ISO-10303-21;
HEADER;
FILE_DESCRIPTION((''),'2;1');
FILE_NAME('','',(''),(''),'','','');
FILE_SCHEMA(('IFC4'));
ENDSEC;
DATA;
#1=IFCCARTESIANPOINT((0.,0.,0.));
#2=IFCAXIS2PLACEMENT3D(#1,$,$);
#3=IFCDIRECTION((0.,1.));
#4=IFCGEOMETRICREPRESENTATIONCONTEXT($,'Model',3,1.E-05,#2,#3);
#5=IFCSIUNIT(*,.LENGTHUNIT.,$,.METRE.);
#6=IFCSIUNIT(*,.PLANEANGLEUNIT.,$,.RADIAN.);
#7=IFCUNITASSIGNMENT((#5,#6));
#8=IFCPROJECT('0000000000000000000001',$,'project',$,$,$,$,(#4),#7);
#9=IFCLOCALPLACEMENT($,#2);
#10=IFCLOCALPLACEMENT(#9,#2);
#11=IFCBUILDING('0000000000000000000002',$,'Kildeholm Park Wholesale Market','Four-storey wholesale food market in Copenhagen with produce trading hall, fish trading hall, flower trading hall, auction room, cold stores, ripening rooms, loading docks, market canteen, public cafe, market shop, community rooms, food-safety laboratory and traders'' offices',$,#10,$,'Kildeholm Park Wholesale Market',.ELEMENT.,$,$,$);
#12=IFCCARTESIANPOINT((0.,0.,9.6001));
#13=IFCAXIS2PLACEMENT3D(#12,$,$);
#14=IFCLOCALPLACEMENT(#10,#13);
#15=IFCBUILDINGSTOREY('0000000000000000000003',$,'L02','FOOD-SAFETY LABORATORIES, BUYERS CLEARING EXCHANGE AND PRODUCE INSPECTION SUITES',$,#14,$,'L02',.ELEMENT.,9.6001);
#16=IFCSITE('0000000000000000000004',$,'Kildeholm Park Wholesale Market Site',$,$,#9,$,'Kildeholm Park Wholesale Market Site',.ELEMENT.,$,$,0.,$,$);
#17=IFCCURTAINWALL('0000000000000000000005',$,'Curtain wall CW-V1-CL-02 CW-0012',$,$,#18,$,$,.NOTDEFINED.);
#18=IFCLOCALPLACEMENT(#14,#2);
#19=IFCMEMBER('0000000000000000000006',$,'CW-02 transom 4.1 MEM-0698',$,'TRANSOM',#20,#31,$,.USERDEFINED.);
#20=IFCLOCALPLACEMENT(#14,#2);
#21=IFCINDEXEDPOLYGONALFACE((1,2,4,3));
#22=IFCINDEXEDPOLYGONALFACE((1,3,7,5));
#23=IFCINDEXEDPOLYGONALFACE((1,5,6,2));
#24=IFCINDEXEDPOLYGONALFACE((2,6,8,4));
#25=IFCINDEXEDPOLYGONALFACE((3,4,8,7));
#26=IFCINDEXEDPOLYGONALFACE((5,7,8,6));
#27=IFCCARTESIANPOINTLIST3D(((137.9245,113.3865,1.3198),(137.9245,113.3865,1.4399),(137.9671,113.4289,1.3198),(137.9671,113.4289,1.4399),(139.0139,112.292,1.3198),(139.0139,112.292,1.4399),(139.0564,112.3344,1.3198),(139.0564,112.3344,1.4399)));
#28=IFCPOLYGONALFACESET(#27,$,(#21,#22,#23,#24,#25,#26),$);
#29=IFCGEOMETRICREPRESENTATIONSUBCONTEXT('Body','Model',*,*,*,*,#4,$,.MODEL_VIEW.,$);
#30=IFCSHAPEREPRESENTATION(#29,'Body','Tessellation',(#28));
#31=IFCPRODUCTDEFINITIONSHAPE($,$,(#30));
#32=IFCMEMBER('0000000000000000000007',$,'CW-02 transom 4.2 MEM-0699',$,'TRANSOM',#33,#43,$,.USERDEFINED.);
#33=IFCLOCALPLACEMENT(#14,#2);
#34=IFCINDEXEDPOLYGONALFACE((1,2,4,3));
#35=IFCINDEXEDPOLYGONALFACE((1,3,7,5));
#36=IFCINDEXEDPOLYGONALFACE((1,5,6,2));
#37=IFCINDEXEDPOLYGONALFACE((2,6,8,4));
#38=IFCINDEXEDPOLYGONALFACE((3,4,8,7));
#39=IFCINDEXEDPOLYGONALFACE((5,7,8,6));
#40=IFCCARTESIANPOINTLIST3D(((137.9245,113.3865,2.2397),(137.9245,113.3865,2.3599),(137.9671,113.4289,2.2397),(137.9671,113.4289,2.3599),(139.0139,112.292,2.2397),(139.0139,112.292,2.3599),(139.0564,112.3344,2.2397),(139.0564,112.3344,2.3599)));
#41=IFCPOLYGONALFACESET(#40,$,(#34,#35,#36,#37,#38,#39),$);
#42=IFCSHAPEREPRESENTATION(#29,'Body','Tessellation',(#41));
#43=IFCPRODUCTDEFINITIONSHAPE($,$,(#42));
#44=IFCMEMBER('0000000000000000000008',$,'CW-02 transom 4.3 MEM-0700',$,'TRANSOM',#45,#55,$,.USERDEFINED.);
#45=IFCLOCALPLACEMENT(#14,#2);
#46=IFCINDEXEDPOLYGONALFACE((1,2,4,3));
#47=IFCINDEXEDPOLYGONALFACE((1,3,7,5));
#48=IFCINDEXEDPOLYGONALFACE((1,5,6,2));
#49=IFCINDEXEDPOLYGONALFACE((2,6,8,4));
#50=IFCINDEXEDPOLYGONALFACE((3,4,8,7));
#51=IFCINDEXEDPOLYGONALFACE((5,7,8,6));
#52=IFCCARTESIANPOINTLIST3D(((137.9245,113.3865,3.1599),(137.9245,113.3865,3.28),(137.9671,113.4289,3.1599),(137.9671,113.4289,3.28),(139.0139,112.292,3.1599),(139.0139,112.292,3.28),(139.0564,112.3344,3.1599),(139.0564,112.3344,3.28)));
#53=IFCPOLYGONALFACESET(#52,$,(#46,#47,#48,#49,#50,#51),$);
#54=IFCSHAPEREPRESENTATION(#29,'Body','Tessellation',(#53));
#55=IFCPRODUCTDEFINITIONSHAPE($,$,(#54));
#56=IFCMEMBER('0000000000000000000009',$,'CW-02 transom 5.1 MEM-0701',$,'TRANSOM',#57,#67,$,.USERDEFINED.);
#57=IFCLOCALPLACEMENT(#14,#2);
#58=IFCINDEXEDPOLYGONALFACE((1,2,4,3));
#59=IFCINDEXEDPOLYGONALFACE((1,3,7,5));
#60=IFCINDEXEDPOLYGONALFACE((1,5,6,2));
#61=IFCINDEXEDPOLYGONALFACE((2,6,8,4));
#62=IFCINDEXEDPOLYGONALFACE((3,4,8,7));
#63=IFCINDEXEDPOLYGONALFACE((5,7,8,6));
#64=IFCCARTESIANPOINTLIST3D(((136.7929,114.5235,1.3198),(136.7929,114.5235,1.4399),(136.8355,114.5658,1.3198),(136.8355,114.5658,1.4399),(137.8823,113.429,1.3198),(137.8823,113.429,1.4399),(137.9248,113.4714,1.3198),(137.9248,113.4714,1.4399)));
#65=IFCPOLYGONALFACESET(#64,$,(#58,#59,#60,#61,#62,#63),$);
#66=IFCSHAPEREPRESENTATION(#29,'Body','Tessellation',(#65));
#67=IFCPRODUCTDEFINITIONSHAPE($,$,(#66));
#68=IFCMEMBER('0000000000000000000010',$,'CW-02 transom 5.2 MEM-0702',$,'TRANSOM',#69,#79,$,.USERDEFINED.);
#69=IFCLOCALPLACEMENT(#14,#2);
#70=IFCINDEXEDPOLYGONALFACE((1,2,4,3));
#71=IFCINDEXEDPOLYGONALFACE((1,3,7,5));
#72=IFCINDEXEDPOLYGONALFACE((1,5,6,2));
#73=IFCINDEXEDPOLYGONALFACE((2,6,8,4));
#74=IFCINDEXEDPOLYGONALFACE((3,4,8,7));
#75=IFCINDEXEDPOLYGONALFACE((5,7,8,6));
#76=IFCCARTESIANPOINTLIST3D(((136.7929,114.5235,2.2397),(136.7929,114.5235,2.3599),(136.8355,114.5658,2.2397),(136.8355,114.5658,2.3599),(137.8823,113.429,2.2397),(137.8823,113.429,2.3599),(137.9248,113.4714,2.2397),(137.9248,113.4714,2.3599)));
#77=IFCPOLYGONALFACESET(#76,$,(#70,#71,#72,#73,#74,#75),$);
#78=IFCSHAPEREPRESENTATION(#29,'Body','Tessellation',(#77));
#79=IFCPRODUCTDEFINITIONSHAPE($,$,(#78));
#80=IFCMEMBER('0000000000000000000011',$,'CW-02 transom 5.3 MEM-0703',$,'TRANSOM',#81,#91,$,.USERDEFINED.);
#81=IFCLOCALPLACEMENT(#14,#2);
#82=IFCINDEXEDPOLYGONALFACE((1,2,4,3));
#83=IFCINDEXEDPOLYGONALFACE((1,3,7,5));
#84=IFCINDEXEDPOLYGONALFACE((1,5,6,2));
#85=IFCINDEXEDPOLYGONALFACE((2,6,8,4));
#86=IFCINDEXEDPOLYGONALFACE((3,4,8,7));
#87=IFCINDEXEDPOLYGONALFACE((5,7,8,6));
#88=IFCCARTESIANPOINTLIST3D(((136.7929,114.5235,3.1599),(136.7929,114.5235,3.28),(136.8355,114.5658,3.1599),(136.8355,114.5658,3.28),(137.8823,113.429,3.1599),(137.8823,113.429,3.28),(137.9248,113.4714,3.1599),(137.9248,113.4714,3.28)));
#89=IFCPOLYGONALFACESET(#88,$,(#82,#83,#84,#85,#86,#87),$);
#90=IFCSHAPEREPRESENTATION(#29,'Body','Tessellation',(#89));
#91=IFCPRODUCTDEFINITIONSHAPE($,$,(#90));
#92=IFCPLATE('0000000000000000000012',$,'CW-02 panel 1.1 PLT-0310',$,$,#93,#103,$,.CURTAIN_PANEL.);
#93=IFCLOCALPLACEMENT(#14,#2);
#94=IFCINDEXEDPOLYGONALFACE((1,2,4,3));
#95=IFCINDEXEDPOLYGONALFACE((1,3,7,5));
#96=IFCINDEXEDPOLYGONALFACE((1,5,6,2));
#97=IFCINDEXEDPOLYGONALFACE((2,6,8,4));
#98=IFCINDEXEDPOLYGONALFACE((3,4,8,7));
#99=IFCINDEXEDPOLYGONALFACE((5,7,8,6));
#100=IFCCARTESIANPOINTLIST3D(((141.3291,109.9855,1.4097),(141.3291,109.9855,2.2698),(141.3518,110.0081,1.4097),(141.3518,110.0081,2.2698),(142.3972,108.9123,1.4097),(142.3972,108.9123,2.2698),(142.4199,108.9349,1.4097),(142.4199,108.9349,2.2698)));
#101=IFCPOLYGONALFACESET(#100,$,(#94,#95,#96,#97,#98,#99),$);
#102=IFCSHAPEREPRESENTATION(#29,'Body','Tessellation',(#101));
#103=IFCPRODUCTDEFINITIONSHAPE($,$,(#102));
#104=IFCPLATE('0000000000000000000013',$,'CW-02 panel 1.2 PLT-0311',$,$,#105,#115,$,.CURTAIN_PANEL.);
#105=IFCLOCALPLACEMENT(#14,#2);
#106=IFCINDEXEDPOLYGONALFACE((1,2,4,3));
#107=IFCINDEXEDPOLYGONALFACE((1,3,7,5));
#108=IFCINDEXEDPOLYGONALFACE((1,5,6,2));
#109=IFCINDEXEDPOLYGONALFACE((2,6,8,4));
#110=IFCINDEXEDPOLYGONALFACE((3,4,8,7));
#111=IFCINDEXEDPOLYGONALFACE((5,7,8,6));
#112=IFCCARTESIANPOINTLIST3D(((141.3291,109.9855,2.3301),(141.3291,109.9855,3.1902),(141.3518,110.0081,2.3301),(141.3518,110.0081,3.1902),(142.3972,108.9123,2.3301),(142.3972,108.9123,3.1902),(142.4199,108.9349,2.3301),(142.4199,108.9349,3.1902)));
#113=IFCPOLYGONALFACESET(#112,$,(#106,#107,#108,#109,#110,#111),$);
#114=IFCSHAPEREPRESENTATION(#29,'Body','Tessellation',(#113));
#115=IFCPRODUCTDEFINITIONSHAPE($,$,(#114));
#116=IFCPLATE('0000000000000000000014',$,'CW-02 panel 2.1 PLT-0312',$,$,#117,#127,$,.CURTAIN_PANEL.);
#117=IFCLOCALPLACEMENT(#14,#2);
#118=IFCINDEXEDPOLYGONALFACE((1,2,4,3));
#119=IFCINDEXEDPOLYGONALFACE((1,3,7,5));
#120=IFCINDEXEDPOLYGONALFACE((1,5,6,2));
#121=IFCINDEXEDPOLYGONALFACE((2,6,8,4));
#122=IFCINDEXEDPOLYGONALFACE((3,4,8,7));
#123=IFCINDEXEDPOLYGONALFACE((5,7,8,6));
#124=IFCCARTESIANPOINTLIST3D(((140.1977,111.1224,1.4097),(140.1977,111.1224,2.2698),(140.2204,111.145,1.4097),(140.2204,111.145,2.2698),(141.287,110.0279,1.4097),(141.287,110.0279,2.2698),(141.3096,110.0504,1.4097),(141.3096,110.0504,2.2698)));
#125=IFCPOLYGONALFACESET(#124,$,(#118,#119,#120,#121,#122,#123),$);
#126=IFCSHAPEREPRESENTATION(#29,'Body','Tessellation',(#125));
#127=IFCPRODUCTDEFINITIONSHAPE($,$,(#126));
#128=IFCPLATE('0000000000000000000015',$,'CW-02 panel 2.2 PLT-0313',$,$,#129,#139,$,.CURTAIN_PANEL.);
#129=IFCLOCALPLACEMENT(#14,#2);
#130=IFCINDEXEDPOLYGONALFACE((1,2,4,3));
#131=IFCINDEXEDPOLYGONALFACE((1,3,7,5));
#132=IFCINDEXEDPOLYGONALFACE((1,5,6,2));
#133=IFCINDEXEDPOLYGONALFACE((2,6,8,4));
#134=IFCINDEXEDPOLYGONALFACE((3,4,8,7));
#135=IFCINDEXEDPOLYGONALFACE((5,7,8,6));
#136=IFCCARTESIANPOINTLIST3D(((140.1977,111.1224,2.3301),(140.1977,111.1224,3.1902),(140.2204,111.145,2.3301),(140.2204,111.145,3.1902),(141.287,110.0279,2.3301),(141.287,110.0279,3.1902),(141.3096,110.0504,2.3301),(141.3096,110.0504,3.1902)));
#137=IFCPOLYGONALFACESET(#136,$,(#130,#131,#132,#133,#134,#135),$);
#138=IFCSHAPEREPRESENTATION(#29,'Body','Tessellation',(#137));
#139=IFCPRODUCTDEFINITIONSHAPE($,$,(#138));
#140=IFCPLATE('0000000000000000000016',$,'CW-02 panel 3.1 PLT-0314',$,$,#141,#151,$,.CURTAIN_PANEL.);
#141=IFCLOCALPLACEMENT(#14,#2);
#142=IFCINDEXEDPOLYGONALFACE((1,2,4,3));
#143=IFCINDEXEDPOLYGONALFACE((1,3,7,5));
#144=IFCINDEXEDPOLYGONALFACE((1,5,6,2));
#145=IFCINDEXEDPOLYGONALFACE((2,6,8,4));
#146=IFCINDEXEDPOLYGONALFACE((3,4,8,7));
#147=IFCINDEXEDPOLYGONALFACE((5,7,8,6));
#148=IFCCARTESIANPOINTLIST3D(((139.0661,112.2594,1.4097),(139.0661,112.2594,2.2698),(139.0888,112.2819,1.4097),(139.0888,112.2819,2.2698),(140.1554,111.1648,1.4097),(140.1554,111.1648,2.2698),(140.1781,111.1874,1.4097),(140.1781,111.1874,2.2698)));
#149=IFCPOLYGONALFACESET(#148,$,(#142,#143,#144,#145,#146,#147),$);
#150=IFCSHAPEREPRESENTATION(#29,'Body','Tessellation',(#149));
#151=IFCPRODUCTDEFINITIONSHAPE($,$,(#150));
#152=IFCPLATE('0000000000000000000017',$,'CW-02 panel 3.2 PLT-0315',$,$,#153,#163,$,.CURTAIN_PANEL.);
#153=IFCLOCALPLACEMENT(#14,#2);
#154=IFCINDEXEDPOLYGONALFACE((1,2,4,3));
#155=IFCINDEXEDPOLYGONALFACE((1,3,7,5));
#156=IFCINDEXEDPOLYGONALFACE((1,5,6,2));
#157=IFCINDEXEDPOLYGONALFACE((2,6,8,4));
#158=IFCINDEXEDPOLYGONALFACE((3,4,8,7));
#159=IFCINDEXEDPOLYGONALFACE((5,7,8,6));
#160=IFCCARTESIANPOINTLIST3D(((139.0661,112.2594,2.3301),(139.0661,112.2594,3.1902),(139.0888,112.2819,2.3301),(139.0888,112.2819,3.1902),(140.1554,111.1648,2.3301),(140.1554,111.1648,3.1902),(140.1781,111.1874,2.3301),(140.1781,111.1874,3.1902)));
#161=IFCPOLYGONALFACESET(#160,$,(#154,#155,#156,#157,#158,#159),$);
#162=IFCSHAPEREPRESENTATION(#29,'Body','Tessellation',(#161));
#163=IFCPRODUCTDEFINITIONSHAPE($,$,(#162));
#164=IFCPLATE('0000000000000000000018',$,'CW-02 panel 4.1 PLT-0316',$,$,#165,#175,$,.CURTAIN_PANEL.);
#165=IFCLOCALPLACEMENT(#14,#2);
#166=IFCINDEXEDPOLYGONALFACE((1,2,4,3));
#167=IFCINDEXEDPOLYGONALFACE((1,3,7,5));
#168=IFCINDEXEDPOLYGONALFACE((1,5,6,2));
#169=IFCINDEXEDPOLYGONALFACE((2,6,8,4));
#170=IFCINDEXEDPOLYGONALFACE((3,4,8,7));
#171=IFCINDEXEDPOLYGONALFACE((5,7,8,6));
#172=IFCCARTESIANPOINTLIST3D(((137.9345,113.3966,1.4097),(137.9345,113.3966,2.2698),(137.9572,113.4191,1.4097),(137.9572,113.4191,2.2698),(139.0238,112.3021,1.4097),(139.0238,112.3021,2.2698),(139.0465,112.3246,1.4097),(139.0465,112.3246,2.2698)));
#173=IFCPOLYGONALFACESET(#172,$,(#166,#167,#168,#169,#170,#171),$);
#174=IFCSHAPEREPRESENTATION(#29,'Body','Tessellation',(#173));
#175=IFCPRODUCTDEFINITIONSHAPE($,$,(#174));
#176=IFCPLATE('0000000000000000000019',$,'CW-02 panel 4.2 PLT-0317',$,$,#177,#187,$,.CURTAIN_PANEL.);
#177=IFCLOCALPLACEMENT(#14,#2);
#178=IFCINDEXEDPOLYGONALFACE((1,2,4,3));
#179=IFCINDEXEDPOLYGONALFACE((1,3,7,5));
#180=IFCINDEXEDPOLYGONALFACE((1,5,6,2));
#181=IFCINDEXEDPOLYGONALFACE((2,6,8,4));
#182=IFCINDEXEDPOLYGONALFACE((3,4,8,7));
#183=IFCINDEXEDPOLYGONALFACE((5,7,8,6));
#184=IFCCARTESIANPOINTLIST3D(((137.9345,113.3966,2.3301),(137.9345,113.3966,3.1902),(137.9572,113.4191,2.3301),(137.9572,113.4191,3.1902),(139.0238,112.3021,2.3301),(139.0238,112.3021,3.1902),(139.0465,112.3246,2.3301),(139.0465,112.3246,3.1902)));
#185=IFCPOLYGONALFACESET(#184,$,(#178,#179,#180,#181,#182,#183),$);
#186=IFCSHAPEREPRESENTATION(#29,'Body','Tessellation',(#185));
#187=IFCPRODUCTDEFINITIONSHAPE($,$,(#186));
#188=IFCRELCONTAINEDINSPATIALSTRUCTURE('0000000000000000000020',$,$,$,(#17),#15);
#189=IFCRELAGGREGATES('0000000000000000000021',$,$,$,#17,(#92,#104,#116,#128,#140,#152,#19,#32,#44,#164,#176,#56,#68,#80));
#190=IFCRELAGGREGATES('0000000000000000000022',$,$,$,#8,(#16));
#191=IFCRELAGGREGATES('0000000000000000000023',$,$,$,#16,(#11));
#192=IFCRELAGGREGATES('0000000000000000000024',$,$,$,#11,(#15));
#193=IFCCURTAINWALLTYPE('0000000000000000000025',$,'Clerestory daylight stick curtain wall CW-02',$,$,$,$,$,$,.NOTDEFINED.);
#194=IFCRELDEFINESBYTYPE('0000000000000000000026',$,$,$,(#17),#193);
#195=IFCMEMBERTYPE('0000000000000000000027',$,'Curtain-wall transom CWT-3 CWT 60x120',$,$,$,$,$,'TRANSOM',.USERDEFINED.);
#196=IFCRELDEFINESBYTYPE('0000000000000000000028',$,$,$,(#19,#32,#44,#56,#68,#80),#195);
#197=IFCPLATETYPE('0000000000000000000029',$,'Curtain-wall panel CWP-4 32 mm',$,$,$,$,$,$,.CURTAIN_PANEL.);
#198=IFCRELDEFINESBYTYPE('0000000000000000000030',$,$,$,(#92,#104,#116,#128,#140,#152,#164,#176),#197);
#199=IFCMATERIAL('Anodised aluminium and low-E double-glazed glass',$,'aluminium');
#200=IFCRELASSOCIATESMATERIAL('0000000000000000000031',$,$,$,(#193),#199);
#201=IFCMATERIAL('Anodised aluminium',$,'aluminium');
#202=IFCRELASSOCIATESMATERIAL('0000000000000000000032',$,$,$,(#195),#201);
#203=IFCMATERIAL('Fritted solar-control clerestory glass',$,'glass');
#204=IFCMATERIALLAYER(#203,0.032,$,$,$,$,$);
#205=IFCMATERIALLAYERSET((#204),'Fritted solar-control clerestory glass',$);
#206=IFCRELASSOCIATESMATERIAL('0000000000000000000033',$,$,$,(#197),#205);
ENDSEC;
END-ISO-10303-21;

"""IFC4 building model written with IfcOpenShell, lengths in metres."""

from ifc_helpers import new_model, si_unit, direction, frame, origin, origin_2d, place, context, subcontext, project, spatial, rectangle, extrude, material, layer, layer_set, material_profile, profile_set, type_object, element, aggregate, save


model = new_model("IFC4")

# Units and contexts
model_context = context("Model", 3, precision=1e-05, world=origin(), true_north=direction((0.0, 1.0)))
body_context = subcontext(model_context, "Body", "Model", "MODEL_VIEW")
ifc_project = project(units=[si_unit("LENGTHUNIT", "METRE"), si_unit("PLANEANGLEUNIT", "RADIAN")], contexts=[model_context])

# Site, building, storey
site_placement = place(None, origin())
site = spatial("IfcSite", under=ifc_project, at=site_placement, Name="Kildeholm Park Wholesale Market Site", LongName="Kildeholm Park Wholesale Market Site", CompositionType="ELEMENT", RefElevation=0.0)
building_placement = place(site_placement, origin())
building = spatial("IfcBuilding", under=site, at=building_placement, Name="Kildeholm Park Wholesale Market", Description="Four-storey wholesale food market in Copenhagen with produce trading hall, fish trading hall, flower trading hall, auction room, cold stores, ripening rooms, loading docks, market canteen, public cafe, market shop, community rooms, food-safety laboratory and traders' offices", LongName="Kildeholm Park Wholesale Market", CompositionType="ELEMENT")
storey_placement = place(building_placement, frame((0.0, 0.0, 9.6001)))
storey = spatial("IfcBuildingStorey", under=building, at=storey_placement, Name="L02", Description="FOOD-SAFETY LABORATORIES, BUYERS CLEARING EXCHANGE AND PRODUCE INSPECTION SUITES", LongName="L02", CompositionType="ELEMENT", Elevation=9.6001)

# Curtain wall, members, plates
ifc_material_1 = material(Name="Anodised aluminium and low-E double-glazed glass", Category="aluminium")
curtain_wall_type = type_object("IfcCurtainWallType", Name="Clerestory daylight stick curtain wall CW-02", PredefinedType="NOTDEFINED", material=ifc_material_1)
curtain_wall_placement = place(storey_placement, origin())
curtain_wall = element("IfcCurtainWall", 1, at=curtain_wall_placement, inside=storey, type_object=curtain_wall_type, Name="Curtain wall CW-V1-CL-02 CW-0012", PredefinedType="NOTDEFINED")
ifc_material_2 = material(Name="Anodised aluminium", Category="aluminium")
ifc_material_profile_1 = material_profile(ifc_material_2, rectangle(XDim=0.0601, YDim=0.1201, at=origin_2d()), Name="CWT 60x120")
ifc_profile_set_1 = profile_set([ifc_material_profile_1], Name="Anodised aluminium")
member_type_1 = type_object("IfcMemberType", Name="Curtain-wall transom CWT-3 CWT 60x120", ElementType="TRANSOM", PredefinedType="USERDEFINED", material=ifc_profile_set_1)
member_1_placement = place(storey_placement, frame((139.0352, 112.3132, 1.3799), z_axis=(-0.705445, 0.708765, 0.0), x_axis=(-0.708765, -0.705445, 0.0)))
member_1 = element("IfcMember", 2, at=member_1_placement, type_object=member_type_1, Name="CW-02 transom 4.1 MEM-0698", ObjectType="TRANSOM", PredefinedType="USERDEFINED", context=body_context, shape_type="SweptSolid", body=[
    extrude(rectangle(XDim=0.0601, YDim=0.1201, at=origin_2d()), origin(), (0.0, 0.0, 1.0), 1.5442),
])
member_2_placement = place(storey_placement, frame((139.0352, 112.3132, 2.2998), z_axis=(-0.705445, 0.708765, 0.0), x_axis=(-0.708765, -0.705445, 0.0)))
member_2 = element("IfcMember", 3, at=member_2_placement, type_object=member_type_1, Name="CW-02 transom 4.2 MEM-0699", ObjectType="TRANSOM", PredefinedType="USERDEFINED", context=body_context, shape_type="SweptSolid", body=[
    extrude(rectangle(XDim=0.0601, YDim=0.1201, at=origin_2d()), origin(), (0.0, 0.0, 1.0), 1.5442),
])
member_3_placement = place(storey_placement, frame((139.0352, 112.3132, 3.22), z_axis=(-0.705445, 0.708765, 0.0), x_axis=(-0.708765, -0.705445, 0.0)))
member_3 = element("IfcMember", 4, at=member_3_placement, type_object=member_type_1, Name="CW-02 transom 4.3 MEM-0700", ObjectType="TRANSOM", PredefinedType="USERDEFINED", context=body_context, shape_type="SweptSolid", body=[
    extrude(rectangle(XDim=0.0601, YDim=0.1201, at=origin_2d()), origin(), (0.0, 0.0, 1.0), 1.5442),
])
member_4_placement = place(storey_placement, frame((137.9036, 113.4502, 1.3799), z_axis=(-0.705445, 0.708765, 0.0), x_axis=(-0.708765, -0.705445, 0.0)))
member_4 = element("IfcMember", 5, at=member_4_placement, type_object=member_type_1, Name="CW-02 transom 5.1 MEM-0701", ObjectType="TRANSOM", PredefinedType="USERDEFINED", context=body_context, shape_type="SweptSolid", body=[
    extrude(rectangle(XDim=0.0601, YDim=0.1201, at=origin_2d()), origin(), (0.0, 0.0, 1.0), 1.5442),
])
member_5_placement = place(storey_placement, frame((137.9036, 113.4502, 2.2998), z_axis=(-0.705445, 0.708765, 0.0), x_axis=(-0.708765, -0.705445, 0.0)))
member_5 = element("IfcMember", 6, at=member_5_placement, type_object=member_type_1, Name="CW-02 transom 5.2 MEM-0702", ObjectType="TRANSOM", PredefinedType="USERDEFINED", context=body_context, shape_type="SweptSolid", body=[
    extrude(rectangle(XDim=0.0601, YDim=0.1201, at=origin_2d()), origin(), (0.0, 0.0, 1.0), 1.5442),
])
member_6_placement = place(storey_placement, frame((137.9036, 113.4502, 3.22), z_axis=(-0.705445, 0.708765, 0.0), x_axis=(-0.708765, -0.705445, 0.0)))
member_6 = element("IfcMember", 7, at=member_6_placement, type_object=member_type_1, Name="CW-02 transom 5.3 MEM-0703", ObjectType="TRANSOM", PredefinedType="USERDEFINED", context=body_context, shape_type="SweptSolid", body=[
    extrude(rectangle(XDim=0.0601, YDim=0.1201, at=origin_2d()), origin(), (0.0, 0.0, 1.0), 1.5442),
])
ifc_material_3 = material(Name="Fritted solar-control clerestory glass", Category="glass")
ifc_layer = layer(ifc_material_3, 0.032)
ifc_layer_set = layer_set([ifc_layer], Name="Fritted solar-control clerestory glass")
plate_type = type_object("IfcPlateType", Name="Curtain-wall panel CWP-4 32 mm", PredefinedType="CURTAIN_PANEL", material=ifc_layer_set)
plate_1_placement = place(storey_placement, frame((141.8745, 109.4602, 1.4097), z_axis=(0.0, 0.0, 1.0), x_axis=(-0.705413, 0.708797, 0.0)))
plate_1 = element("IfcPlate", 8, at=plate_1_placement, type_object=plate_type, Name="CW-02 panel 1.1 PLT-0310", PredefinedType="CURTAIN_PANEL", context=body_context, shape_type="SweptSolid", body=[
    extrude(rectangle(XDim=1.5142, YDim=0.032, at=origin_2d()), origin(), (0.0, 0.0, 1.0), 0.8601),
])
plate_2_placement = place(storey_placement, frame((141.8745, 109.4602, 2.3301), z_axis=(0.0, 0.0, 1.0), x_axis=(-0.705413, 0.708797, 0.0)))
plate_2 = element("IfcPlate", 9, at=plate_2_placement, type_object=plate_type, Name="CW-02 panel 1.2 PLT-0311", PredefinedType="CURTAIN_PANEL", context=body_context, shape_type="SweptSolid", body=[
    extrude(rectangle(XDim=1.5142, YDim=0.032, at=origin_2d()), origin(), (0.0, 0.0, 1.0), 0.8601),
])
plate_3_placement = place(storey_placement, frame((140.7537, 110.5864, 1.4097), z_axis=(0.0, 0.0, 1.0), x_axis=(-0.705413, 0.708797, 0.0)))
plate_3 = element("IfcPlate", 10, at=plate_3_placement, type_object=plate_type, Name="CW-02 panel 2.1 PLT-0312", PredefinedType="CURTAIN_PANEL", context=body_context, shape_type="SweptSolid", body=[
    extrude(rectangle(XDim=1.5442, YDim=0.032, at=origin_2d()), origin(), (0.0, 0.0, 1.0), 0.8601),
])
plate_4_placement = place(storey_placement, frame((140.7537, 110.5864, 2.3301), z_axis=(0.0, 0.0, 1.0), x_axis=(-0.705413, 0.708797, 0.0)))
plate_4 = element("IfcPlate", 11, at=plate_4_placement, type_object=plate_type, Name="CW-02 panel 2.2 PLT-0313", PredefinedType="CURTAIN_PANEL", context=body_context, shape_type="SweptSolid", body=[
    extrude(rectangle(XDim=1.5442, YDim=0.032, at=origin_2d()), origin(), (0.0, 0.0, 1.0), 0.8601),
])
plate_5_placement = place(storey_placement, frame((139.6221, 111.7234, 1.4097), z_axis=(0.0, 0.0, 1.0), x_axis=(-0.705413, 0.708797, 0.0)))
plate_5 = element("IfcPlate", 12, at=plate_5_placement, type_object=plate_type, Name="CW-02 panel 3.1 PLT-0314", PredefinedType="CURTAIN_PANEL", context=body_context, shape_type="SweptSolid", body=[
    extrude(rectangle(XDim=1.5442, YDim=0.032, at=origin_2d()), origin(), (0.0, 0.0, 1.0), 0.8601),
])
plate_6_placement = place(storey_placement, frame((139.6221, 111.7234, 2.3301), z_axis=(0.0, 0.0, 1.0), x_axis=(-0.705413, 0.708797, 0.0)))
plate_6 = element("IfcPlate", 13, at=plate_6_placement, type_object=plate_type, Name="CW-02 panel 3.2 PLT-0315", PredefinedType="CURTAIN_PANEL", context=body_context, shape_type="SweptSolid", body=[
    extrude(rectangle(XDim=1.5442, YDim=0.032, at=origin_2d()), origin(), (0.0, 0.0, 1.0), 0.8601),
])
plate_7_placement = place(storey_placement, frame((138.4905, 112.8606, 1.4097), z_axis=(0.0, 0.0, 1.0), x_axis=(-0.705413, 0.708797, 0.0)))
plate_7 = element("IfcPlate", 14, at=plate_7_placement, type_object=plate_type, Name="CW-02 panel 4.1 PLT-0316", PredefinedType="CURTAIN_PANEL", context=body_context, shape_type="SweptSolid", body=[
    extrude(rectangle(XDim=1.5442, YDim=0.032, at=origin_2d()), origin(), (0.0, 0.0, 1.0), 0.8601),
])
plate_8_placement = place(storey_placement, frame((138.4905, 112.8606, 2.3301), z_axis=(0.0, 0.0, 1.0), x_axis=(-0.705413, 0.708797, 0.0)))
plate_8 = element("IfcPlate", 15, at=plate_8_placement, type_object=plate_type, Name="CW-02 panel 4.2 PLT-0317", PredefinedType="CURTAIN_PANEL", context=body_context, shape_type="SweptSolid", body=[
    extrude(rectangle(XDim=1.5442, YDim=0.032, at=origin_2d()), origin(), (0.0, 0.0, 1.0), 0.8601),
])
aggregate(curtain_wall, [plate_1, plate_2, plate_3, plate_4, plate_5, plate_6, member_1, member_2, member_3, plate_7, plate_8, member_4, member_5, member_6])

save(model, "model.ifc")
